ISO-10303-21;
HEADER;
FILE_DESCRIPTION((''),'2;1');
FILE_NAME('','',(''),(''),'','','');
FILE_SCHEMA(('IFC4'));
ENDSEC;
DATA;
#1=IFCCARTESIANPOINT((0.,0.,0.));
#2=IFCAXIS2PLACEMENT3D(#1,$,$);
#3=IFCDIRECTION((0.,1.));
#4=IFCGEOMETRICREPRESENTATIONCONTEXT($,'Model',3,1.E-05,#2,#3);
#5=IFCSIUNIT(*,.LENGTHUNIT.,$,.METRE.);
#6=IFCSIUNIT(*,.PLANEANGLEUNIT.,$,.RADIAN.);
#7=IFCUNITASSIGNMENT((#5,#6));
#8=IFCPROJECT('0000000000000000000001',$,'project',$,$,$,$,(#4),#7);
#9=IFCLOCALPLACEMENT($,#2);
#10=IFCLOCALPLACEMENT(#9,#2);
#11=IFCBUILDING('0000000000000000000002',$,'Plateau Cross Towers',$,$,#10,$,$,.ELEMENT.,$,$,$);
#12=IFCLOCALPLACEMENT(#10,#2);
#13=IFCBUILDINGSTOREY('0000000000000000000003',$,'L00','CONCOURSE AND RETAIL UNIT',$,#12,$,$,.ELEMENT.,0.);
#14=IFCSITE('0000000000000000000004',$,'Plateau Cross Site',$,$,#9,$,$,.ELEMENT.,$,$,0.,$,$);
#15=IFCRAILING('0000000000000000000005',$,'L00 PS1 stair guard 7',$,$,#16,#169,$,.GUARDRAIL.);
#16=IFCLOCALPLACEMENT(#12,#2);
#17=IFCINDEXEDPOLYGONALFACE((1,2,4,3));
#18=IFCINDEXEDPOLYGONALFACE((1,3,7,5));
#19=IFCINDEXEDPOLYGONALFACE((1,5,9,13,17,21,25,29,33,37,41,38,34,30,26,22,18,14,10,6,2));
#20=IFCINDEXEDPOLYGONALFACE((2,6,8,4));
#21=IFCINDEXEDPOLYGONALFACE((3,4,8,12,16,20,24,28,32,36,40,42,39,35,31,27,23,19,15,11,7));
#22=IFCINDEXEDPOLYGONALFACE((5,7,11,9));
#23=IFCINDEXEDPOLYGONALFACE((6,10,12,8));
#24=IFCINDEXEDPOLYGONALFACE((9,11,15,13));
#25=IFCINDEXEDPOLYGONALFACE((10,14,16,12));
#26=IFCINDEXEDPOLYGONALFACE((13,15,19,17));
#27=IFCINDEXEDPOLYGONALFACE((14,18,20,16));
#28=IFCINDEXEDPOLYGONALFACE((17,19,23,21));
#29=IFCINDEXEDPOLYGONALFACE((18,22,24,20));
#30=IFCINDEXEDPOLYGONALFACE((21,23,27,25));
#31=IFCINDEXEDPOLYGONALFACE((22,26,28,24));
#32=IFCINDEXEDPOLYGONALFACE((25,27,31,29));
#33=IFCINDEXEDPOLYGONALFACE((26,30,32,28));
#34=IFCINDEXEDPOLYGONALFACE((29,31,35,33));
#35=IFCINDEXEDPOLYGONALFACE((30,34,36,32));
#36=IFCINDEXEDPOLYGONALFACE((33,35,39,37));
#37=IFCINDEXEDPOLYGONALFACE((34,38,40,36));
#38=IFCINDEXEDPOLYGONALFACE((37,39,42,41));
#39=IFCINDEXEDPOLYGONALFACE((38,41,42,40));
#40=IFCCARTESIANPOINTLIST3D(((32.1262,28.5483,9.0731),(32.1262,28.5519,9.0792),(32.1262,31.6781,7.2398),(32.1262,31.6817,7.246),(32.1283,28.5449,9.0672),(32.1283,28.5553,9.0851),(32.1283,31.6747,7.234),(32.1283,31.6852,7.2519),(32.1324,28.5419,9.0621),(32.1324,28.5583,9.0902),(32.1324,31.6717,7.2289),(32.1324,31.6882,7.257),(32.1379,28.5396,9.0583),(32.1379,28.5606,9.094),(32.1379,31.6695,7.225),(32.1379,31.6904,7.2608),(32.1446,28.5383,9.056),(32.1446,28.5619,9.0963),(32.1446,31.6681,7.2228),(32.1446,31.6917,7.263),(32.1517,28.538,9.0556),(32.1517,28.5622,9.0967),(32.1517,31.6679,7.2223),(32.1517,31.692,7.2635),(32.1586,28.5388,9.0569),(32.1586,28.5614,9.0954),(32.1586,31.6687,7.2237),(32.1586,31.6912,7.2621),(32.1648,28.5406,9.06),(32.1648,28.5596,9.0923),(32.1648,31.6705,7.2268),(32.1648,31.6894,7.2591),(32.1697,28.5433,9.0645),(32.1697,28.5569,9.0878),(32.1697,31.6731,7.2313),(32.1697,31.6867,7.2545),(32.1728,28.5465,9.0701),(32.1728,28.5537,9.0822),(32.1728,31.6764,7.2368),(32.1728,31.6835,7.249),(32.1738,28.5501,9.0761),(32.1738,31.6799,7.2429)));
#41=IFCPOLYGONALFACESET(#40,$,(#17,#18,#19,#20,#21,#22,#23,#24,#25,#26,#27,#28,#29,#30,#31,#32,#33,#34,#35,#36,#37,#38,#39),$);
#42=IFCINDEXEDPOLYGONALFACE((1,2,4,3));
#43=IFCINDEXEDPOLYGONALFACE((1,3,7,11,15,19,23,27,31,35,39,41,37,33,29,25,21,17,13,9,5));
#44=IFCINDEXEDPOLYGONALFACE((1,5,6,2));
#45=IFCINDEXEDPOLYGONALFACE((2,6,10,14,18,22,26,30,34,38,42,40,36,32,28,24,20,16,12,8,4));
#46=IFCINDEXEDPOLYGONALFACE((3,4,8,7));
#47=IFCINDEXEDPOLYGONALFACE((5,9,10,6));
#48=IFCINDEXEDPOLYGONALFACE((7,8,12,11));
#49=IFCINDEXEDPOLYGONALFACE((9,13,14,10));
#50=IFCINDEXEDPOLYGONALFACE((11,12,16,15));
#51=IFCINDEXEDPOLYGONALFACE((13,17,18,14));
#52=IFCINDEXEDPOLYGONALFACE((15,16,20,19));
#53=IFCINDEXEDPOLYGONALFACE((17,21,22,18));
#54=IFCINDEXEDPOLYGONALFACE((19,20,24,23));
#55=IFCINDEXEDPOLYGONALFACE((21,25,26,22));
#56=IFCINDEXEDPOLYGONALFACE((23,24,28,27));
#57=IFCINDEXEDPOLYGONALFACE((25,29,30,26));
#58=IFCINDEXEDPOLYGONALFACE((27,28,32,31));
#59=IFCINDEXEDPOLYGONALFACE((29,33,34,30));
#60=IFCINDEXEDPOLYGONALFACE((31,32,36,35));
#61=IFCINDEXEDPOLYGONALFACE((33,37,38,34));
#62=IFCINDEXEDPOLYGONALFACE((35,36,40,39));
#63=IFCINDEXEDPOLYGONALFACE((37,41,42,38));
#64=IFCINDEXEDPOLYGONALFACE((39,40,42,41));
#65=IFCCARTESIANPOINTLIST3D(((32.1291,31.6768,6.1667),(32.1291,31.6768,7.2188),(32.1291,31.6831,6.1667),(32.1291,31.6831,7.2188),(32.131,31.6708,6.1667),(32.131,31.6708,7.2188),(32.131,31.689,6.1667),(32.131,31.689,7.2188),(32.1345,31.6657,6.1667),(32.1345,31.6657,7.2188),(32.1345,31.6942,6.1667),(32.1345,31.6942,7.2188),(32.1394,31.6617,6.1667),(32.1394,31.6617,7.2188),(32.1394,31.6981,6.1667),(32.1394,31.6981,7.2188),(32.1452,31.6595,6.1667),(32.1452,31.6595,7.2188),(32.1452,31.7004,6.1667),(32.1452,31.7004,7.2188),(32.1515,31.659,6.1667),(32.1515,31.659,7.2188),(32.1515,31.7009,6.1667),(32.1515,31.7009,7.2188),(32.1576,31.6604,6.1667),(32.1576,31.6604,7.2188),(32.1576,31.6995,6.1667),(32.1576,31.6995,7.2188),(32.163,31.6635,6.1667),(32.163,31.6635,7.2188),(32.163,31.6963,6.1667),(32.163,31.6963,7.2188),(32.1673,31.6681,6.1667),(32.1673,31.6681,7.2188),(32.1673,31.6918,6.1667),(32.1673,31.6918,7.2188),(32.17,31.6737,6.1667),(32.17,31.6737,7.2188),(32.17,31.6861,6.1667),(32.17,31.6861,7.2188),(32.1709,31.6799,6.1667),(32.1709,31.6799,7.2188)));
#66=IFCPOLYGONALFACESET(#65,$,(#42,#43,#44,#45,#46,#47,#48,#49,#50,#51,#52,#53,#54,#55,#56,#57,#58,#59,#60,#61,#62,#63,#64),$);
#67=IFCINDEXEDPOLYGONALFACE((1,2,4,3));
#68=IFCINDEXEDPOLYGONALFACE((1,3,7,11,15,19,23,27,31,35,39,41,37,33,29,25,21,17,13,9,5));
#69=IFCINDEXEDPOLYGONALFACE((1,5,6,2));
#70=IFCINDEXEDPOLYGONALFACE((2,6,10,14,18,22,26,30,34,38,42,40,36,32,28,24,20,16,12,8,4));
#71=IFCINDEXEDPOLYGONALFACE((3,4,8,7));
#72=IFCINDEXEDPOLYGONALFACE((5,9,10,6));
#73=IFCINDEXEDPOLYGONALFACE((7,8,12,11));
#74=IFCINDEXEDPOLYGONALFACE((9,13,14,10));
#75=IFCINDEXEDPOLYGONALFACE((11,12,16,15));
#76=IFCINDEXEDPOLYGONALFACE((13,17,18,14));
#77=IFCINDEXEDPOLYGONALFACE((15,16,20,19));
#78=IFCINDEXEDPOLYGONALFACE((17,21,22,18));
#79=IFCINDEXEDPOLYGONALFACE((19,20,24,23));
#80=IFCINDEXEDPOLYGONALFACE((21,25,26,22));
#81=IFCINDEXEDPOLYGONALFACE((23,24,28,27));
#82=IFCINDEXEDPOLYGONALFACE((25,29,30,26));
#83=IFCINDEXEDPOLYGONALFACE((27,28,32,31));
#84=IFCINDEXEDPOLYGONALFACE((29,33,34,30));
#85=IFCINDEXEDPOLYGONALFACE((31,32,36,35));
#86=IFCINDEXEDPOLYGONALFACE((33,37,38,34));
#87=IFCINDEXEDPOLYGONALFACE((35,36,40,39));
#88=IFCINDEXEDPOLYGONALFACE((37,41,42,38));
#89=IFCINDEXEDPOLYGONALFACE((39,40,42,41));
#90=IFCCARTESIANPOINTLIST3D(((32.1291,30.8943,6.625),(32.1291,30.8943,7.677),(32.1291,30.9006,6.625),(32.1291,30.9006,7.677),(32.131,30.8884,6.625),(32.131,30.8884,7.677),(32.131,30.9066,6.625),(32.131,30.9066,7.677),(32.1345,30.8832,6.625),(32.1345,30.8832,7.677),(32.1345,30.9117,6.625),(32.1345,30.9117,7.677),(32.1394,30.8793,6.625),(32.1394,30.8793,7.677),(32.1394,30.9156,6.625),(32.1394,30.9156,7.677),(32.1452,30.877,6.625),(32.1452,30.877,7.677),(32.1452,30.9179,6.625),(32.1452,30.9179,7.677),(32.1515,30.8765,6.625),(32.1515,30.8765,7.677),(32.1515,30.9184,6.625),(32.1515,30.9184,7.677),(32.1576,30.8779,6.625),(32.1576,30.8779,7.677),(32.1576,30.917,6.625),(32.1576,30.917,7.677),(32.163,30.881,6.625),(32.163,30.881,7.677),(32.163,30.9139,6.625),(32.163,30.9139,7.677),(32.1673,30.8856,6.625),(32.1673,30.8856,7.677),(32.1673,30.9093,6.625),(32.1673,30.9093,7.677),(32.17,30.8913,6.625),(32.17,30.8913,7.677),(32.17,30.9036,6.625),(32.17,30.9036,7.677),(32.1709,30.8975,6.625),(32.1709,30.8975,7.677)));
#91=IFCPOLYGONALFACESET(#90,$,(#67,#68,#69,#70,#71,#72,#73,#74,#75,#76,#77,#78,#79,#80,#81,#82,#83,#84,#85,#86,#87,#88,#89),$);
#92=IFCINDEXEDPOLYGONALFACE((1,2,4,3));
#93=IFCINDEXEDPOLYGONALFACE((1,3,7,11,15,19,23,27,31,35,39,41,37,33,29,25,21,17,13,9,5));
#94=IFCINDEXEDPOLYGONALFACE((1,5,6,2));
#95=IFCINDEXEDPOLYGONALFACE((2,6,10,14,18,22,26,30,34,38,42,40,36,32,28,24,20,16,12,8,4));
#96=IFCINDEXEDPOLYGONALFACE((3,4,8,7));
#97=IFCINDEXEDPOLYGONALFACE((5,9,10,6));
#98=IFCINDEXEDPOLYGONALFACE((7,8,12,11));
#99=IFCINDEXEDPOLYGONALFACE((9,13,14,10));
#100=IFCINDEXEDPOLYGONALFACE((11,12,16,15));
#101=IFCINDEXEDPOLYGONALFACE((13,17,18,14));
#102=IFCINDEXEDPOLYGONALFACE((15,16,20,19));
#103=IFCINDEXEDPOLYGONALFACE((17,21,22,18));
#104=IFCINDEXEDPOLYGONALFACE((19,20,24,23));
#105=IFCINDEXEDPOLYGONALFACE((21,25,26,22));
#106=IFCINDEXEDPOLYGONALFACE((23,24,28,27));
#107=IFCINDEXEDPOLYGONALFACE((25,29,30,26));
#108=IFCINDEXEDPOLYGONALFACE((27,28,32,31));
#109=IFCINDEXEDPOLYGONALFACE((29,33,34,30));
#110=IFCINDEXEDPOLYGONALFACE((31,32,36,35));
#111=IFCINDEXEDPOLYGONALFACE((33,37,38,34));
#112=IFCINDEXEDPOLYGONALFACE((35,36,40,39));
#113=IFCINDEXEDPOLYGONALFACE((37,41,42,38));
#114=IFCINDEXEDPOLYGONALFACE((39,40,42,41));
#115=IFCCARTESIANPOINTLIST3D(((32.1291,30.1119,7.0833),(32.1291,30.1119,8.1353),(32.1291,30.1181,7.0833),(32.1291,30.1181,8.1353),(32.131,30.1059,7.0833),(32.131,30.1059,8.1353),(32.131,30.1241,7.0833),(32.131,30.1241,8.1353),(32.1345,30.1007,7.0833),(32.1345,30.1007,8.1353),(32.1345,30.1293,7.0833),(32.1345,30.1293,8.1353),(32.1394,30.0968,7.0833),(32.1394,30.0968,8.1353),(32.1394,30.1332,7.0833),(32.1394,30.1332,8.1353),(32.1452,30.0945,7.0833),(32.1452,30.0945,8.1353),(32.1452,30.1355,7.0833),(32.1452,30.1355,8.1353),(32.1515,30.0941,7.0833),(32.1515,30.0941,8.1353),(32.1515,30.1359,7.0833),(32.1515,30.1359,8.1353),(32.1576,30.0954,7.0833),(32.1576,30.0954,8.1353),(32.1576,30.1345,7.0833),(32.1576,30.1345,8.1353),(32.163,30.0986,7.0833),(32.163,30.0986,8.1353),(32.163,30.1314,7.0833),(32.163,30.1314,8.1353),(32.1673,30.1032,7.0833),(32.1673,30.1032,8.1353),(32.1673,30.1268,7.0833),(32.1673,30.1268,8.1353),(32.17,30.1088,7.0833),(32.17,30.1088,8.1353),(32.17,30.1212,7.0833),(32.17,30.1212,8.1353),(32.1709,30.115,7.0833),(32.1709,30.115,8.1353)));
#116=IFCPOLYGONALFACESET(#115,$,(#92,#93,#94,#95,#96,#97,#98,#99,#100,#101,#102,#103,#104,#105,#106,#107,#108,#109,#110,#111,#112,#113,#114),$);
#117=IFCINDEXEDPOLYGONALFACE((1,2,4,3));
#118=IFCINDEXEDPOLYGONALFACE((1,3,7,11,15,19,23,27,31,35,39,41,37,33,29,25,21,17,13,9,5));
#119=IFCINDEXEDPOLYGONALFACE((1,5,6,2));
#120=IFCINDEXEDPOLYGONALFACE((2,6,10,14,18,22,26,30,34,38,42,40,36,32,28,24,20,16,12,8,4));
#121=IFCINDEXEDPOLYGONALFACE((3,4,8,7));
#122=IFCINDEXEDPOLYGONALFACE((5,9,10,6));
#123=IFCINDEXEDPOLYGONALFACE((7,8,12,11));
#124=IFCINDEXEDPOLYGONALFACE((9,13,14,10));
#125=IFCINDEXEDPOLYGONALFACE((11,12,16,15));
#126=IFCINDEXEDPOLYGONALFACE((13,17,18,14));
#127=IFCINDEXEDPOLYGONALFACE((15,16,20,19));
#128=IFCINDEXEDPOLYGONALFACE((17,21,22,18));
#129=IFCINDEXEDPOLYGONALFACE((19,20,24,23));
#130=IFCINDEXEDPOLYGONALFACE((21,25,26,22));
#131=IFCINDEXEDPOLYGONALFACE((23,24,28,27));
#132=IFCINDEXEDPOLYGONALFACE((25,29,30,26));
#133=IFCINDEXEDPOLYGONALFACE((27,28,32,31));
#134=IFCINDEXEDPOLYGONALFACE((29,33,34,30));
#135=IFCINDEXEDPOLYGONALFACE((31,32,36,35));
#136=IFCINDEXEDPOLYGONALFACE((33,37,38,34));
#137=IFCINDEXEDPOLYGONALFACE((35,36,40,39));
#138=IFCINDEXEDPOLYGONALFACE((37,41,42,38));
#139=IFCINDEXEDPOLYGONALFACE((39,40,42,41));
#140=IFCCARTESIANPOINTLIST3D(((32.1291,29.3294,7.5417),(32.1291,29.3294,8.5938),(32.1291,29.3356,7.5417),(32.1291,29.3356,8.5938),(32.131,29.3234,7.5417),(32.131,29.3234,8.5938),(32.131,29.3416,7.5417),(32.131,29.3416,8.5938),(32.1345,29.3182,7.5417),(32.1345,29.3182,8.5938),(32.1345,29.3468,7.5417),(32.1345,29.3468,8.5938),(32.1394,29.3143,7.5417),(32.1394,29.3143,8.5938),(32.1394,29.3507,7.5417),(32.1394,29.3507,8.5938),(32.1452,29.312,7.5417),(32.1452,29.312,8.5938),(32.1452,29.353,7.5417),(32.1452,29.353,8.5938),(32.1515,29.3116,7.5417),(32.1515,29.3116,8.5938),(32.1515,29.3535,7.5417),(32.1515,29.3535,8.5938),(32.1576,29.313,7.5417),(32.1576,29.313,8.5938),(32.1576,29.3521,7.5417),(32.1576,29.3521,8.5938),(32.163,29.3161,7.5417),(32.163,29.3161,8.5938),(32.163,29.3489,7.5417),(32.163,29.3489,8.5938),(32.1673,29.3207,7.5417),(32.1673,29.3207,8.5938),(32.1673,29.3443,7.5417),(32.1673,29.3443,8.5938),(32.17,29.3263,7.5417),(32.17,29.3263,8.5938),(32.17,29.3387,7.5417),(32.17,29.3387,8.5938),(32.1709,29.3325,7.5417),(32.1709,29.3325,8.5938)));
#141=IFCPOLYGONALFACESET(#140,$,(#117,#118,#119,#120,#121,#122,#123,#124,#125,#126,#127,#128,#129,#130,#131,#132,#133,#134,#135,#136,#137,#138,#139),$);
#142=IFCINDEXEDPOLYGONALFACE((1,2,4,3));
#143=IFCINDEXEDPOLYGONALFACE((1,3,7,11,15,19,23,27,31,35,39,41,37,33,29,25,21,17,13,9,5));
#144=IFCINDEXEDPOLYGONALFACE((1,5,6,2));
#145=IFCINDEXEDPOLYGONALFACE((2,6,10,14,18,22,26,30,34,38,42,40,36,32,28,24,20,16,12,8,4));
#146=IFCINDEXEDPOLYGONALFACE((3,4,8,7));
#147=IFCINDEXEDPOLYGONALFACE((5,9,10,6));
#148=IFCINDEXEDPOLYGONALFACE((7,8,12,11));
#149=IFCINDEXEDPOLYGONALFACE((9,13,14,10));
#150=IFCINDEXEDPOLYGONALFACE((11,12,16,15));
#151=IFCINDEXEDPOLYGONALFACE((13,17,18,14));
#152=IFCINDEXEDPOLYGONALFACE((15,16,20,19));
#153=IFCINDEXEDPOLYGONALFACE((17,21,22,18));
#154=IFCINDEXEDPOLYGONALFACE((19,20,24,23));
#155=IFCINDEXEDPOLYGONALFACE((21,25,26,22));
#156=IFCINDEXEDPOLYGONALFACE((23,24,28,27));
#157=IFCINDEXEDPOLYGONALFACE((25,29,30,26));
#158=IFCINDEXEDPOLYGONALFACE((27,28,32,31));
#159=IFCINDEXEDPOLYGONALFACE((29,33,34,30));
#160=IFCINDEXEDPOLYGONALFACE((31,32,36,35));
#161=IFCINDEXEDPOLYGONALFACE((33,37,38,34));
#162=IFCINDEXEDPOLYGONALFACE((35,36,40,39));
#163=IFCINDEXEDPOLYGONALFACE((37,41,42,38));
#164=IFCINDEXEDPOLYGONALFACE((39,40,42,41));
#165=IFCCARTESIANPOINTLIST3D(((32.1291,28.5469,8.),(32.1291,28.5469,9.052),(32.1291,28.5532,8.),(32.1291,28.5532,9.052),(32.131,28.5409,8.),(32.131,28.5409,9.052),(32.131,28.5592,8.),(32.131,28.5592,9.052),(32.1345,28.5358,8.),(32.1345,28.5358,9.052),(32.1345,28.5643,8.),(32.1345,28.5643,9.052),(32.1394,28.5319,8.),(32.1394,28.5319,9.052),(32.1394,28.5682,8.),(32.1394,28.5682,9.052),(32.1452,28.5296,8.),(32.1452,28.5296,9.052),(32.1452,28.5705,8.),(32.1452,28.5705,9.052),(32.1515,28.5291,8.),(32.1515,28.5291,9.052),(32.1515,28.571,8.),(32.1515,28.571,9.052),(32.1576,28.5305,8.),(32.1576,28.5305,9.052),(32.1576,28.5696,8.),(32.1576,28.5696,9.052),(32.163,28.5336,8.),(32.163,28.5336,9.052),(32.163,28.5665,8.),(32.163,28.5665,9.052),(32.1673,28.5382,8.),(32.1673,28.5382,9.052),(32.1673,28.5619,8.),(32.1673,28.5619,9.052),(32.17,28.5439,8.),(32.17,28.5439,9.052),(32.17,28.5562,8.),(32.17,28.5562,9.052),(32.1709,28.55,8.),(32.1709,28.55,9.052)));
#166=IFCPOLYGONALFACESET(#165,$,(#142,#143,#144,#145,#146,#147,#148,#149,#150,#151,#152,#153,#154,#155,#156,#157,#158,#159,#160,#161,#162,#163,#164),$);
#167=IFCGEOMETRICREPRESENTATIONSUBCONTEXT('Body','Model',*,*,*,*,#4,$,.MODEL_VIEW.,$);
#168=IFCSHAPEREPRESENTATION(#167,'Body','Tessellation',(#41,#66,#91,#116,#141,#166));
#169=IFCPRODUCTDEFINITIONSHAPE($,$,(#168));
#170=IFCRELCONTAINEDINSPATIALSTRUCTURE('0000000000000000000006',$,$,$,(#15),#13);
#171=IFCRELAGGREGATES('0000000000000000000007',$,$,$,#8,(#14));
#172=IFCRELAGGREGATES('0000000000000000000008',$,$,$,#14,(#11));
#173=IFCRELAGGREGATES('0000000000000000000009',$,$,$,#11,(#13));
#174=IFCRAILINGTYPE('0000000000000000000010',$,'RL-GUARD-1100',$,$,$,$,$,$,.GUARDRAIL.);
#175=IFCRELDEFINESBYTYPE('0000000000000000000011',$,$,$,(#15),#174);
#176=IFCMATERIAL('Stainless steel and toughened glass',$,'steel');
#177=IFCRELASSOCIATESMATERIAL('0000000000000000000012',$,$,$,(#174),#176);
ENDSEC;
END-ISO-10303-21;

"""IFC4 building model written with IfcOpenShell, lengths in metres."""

from ifc_helpers import new_model, si_unit, direction, frame, origin, origin_2d, place, context, subcontext, project, spatial, circle, extrude, material, type_object, element, save


model = new_model("IFC4")

# Units and contexts
model_context = context("Model", 3, precision=1e-05, world=origin(), true_north=direction((0.0, 1.0)))
body_context = subcontext(model_context, "Body", "Model", "MODEL_VIEW")
ifc_project = project(units=[si_unit("LENGTHUNIT", "METRE"), si_unit("PLANEANGLEUNIT", "RADIAN")], contexts=[model_context])

# Site, building, storey
site_placement = place(None, origin())
site = spatial("IfcSite", under=ifc_project, at=site_placement, Name="Plateau Cross Site", CompositionType="ELEMENT", RefElevation=0.0)
building_placement = place(site_placement, origin())
building = spatial("IfcBuilding", under=site, at=building_placement, Name="Plateau Cross Towers", CompositionType="ELEMENT")
storey_placement = place(building_placement, origin())
storey = spatial("IfcBuildingStorey", under=building, at=storey_placement, Name="L00", Description="CONCOURSE AND RETAIL UNIT", CompositionType="ELEMENT", Elevation=0.0)

# Railing
ifc_material_1 = material(Name="Stainless steel and toughened glass", Category="steel")
railing_type_1 = type_object("IfcRailingType", Name="RL-GUARD-1100", PredefinedType="GUARDRAIL", material=ifc_material_1)
railing_1_placement = place(storey_placement, frame((32.1499, 31.6799, 6.1667)))
element("IfcRailing", 1, at=railing_1_placement, inside=storey, type_object=railing_type_1, Name="L00 PS1 stair guard 7", PredefinedType="GUARDRAIL", context=body_context, shape_type="SweptSolid", body=[
    extrude(circle(Radius=0.0239, at=origin_2d()), frame((0.0, 0.0, 1.0762), z_axis=(0.0, -0.862879, 0.50541), x_axis=(1.0, 0.0, 0.0)), (0.0, 0.0, 1.0), 3.6272),
    extrude(circle(Radius=0.021, at=origin_2d()), origin(), (0.0, 0.0, 1.0), 1.052),
    extrude(circle(Radius=0.021, at=origin_2d()), frame((0.0, -0.7825, 0.4583)), (0.0, 0.0, 1.0), 1.052),
    extrude(circle(Radius=0.021, at=origin_2d()), frame((0.0, -1.5649, 0.9165)), (0.0, 0.0, 1.0), 1.052),
    extrude(circle(Radius=0.021, at=origin_2d()), frame((0.0, -2.3474, 1.375)), (0.0, 0.0, 1.0), 1.052),
    extrude(circle(Radius=0.021, at=origin_2d()), frame((0.0, -3.1299, 1.8333)), (0.0, 0.0, 1.0), 1.052),
])

save(model, "model.ifc")
